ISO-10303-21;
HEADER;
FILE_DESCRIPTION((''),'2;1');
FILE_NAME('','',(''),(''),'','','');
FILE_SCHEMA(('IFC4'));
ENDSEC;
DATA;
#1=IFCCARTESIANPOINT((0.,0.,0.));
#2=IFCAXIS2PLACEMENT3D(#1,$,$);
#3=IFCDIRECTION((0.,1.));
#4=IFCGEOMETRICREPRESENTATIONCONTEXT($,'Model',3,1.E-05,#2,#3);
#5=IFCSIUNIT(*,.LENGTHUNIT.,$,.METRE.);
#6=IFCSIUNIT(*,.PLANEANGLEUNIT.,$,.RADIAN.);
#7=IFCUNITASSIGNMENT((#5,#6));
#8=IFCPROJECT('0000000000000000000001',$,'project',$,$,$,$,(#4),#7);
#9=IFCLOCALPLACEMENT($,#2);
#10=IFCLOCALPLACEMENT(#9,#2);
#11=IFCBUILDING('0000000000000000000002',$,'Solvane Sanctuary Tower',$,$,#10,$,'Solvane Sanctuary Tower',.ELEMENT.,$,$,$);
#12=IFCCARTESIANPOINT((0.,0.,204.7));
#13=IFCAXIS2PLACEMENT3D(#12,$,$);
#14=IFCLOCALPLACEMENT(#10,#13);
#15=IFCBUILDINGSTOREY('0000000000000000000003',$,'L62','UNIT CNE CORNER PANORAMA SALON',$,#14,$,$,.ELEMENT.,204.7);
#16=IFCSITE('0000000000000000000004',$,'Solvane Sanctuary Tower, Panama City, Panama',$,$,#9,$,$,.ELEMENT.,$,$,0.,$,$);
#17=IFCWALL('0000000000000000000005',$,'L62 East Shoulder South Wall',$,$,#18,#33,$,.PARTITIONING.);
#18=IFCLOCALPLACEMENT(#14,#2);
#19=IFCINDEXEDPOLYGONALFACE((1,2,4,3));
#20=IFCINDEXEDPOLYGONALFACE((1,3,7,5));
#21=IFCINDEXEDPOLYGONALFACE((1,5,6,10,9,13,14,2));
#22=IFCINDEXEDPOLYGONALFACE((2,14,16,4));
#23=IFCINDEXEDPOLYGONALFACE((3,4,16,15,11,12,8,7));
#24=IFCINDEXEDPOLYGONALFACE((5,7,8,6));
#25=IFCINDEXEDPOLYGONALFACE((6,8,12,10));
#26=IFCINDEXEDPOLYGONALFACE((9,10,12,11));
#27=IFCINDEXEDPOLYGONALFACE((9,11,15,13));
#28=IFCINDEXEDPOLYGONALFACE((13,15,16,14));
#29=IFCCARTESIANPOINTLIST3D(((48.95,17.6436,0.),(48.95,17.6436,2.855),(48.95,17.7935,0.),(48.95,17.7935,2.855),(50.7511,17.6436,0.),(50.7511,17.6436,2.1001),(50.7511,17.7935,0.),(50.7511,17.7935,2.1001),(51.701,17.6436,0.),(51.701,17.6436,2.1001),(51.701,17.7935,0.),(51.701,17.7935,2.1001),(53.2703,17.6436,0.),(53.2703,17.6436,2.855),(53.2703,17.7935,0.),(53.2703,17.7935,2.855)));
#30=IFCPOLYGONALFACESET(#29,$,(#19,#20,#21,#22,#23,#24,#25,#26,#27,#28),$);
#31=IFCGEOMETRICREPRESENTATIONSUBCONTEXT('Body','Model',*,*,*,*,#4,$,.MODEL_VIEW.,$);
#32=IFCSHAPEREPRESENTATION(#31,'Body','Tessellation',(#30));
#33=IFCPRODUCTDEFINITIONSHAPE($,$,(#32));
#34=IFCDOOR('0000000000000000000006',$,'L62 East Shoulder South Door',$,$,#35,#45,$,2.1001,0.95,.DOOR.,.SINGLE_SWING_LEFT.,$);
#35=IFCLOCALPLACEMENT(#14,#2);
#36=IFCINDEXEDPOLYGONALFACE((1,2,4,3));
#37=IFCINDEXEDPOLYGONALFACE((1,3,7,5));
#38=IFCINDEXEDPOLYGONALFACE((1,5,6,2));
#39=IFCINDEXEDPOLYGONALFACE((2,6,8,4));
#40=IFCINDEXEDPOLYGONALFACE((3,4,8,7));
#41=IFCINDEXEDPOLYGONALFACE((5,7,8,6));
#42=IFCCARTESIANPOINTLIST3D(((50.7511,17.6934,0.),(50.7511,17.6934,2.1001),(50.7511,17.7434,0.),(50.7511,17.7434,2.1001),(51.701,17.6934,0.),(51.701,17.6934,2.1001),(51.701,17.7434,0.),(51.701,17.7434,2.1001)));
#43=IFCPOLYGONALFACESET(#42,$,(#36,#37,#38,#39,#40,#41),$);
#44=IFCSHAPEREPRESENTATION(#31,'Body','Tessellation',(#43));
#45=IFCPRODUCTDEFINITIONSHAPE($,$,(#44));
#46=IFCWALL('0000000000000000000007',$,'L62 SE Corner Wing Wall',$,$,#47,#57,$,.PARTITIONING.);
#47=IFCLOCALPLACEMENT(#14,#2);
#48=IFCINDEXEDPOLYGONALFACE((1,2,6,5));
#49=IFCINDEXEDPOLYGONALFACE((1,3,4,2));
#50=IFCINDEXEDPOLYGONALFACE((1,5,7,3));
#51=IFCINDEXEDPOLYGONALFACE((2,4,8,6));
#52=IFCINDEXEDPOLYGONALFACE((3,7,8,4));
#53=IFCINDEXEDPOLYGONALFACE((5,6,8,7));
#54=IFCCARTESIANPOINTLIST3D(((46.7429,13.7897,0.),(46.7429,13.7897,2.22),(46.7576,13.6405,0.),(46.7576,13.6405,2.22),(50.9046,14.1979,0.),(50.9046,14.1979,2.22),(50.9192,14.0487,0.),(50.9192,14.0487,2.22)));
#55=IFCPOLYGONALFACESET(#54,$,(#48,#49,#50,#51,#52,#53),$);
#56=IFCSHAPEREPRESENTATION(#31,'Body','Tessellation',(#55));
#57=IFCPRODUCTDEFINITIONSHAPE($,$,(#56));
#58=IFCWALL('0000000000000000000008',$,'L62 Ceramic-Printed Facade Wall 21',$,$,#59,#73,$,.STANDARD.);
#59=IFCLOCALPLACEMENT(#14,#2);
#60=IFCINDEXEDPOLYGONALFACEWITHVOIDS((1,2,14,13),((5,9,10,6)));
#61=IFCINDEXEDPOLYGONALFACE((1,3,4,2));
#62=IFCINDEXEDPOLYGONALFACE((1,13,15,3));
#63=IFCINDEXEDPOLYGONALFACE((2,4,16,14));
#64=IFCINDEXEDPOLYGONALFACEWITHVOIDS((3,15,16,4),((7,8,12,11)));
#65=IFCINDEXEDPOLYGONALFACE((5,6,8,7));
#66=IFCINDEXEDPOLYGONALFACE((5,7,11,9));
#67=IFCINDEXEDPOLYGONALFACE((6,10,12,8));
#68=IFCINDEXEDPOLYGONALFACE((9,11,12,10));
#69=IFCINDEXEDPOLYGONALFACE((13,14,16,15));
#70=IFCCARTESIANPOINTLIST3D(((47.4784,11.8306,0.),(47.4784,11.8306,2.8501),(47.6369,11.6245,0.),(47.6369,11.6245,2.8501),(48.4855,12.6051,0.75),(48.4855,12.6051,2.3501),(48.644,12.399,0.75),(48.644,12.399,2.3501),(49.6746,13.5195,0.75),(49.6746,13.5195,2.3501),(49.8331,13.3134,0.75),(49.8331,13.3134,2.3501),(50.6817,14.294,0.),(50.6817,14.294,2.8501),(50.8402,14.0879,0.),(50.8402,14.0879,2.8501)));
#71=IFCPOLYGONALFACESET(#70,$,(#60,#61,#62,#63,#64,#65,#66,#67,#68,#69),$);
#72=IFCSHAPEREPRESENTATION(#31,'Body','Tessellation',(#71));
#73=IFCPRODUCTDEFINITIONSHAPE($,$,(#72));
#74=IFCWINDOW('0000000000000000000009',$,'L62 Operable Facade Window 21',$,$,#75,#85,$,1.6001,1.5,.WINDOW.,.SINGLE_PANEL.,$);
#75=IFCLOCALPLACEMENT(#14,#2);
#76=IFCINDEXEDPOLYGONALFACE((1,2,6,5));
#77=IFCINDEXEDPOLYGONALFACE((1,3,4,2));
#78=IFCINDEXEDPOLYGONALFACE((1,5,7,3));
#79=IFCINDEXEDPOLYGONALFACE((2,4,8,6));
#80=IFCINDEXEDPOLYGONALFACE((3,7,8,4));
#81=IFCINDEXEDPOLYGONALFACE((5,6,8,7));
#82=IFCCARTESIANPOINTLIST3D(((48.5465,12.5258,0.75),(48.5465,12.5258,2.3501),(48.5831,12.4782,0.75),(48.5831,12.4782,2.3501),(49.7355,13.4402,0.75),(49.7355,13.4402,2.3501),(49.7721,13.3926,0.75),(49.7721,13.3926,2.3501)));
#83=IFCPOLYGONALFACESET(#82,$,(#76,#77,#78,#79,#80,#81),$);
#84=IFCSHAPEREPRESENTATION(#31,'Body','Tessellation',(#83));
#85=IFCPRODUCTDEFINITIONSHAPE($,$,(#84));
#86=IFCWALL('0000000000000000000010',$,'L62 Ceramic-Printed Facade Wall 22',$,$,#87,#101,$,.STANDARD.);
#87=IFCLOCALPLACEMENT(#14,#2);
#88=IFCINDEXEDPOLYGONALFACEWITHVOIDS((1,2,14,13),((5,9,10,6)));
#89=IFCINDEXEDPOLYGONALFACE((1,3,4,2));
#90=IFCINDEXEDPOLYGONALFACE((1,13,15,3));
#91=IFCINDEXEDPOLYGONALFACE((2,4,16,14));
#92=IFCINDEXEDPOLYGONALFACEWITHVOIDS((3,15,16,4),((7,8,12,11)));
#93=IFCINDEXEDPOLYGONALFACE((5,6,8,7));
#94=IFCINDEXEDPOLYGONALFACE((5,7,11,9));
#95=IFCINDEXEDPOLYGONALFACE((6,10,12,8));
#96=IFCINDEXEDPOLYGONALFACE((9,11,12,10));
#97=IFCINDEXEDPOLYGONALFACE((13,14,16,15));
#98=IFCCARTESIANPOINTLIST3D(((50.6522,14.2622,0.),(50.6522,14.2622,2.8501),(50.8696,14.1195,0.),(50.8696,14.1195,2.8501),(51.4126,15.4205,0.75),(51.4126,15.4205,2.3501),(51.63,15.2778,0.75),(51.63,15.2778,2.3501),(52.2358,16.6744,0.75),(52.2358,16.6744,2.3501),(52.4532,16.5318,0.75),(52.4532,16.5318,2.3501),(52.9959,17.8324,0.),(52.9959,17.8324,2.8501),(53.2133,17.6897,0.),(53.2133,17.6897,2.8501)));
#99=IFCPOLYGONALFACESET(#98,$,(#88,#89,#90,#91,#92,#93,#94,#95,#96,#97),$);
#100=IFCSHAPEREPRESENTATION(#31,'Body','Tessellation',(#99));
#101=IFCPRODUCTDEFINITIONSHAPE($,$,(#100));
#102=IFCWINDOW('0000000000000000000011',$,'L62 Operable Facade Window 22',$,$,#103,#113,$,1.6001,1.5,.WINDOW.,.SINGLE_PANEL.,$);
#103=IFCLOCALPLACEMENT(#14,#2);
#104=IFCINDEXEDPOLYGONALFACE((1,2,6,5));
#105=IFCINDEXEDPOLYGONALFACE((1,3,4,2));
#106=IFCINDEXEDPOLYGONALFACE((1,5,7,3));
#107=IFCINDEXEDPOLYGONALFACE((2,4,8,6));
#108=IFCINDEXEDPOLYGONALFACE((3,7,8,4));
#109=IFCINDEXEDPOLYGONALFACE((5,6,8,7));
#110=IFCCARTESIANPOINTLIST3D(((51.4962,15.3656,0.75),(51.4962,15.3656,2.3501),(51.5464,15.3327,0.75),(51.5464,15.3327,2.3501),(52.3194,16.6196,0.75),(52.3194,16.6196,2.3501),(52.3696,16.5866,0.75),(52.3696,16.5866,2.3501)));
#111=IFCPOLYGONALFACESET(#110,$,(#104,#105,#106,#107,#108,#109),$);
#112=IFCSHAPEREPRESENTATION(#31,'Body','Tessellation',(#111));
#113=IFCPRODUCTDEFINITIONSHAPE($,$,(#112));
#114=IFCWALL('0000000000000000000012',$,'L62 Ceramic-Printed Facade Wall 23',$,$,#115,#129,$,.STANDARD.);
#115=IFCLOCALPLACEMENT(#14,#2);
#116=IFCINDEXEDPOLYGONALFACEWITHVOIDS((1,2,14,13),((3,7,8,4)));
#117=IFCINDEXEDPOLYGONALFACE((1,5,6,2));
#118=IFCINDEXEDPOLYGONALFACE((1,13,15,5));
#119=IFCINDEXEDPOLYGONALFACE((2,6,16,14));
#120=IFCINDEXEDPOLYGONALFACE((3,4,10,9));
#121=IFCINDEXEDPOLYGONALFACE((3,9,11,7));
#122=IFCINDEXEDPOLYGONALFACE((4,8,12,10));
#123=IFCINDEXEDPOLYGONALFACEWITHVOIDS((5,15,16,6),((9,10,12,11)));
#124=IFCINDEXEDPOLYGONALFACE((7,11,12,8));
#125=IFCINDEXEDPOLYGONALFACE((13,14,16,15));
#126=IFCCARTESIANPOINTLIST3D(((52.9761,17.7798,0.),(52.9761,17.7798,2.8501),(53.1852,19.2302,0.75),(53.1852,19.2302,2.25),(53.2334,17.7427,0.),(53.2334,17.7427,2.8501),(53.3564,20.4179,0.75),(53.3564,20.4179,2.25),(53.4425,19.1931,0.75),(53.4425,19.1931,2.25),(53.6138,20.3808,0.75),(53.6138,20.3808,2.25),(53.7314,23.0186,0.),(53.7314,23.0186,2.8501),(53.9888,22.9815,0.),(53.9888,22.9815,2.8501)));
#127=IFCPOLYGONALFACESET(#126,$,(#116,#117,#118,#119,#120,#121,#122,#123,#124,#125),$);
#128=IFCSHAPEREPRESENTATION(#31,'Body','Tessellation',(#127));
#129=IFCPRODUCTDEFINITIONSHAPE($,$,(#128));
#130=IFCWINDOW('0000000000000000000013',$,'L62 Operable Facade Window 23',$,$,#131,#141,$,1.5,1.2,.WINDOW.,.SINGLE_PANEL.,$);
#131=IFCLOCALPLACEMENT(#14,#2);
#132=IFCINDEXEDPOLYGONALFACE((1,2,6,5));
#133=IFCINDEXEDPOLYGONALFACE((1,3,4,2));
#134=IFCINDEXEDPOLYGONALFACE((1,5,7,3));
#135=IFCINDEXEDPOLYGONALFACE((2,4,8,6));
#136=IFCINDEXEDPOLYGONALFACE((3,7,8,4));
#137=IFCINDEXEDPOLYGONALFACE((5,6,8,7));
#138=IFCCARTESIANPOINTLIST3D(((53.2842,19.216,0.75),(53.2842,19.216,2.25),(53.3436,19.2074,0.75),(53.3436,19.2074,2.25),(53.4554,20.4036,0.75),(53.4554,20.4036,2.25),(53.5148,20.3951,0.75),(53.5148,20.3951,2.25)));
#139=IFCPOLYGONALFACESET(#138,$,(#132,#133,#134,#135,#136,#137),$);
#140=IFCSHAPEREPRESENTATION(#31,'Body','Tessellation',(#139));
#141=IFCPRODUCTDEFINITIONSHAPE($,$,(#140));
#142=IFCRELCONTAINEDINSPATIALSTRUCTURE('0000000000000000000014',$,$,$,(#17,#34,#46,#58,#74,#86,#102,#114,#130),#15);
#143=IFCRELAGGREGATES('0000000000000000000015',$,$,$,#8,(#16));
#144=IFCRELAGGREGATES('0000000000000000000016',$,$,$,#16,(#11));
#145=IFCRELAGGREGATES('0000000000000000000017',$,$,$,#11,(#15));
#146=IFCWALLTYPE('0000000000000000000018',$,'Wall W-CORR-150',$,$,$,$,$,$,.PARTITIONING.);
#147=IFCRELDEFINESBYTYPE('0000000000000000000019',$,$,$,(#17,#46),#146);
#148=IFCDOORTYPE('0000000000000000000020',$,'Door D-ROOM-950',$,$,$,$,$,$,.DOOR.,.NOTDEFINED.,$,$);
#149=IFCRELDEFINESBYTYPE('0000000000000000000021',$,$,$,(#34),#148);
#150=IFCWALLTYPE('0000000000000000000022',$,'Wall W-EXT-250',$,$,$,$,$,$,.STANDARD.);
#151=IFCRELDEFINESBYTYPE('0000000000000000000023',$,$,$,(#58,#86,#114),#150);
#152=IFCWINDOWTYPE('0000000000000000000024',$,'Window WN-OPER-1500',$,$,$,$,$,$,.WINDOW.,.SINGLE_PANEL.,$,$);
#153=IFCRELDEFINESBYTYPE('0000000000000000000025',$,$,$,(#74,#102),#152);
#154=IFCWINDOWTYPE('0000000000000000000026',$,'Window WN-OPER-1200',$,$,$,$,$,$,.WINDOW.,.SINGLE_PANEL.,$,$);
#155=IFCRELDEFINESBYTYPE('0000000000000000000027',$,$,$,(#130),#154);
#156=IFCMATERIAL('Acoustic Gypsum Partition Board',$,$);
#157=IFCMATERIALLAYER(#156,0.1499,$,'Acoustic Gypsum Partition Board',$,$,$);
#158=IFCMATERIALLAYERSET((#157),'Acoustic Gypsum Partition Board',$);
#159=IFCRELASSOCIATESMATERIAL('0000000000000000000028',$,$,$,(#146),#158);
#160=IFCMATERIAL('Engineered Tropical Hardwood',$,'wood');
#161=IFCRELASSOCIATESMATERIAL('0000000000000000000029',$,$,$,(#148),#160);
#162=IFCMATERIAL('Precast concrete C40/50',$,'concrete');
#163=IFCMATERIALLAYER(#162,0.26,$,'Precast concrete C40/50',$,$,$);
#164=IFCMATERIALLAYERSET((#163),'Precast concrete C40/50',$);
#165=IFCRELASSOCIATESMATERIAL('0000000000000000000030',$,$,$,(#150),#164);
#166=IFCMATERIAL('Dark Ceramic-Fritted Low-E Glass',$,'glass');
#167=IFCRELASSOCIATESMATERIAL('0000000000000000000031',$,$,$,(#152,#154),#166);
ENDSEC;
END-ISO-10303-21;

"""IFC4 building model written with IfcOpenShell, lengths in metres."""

from ifc_helpers import new_model, si_unit, direction, frame, frame_2d, origin, place, context, subcontext, project, spatial, rectangle, extrude, material, layer, layer_set, type_object, element, fill, save


model = new_model("IFC4")

# Units and contexts
model_context = context("Model", 3, precision=1e-05, world=origin(), true_north=direction((0.0, 1.0)))
body_context = subcontext(model_context, "Body", "Model", "MODEL_VIEW")
ifc_project = project(units=[si_unit("LENGTHUNIT", "METRE"), si_unit("PLANEANGLEUNIT", "RADIAN")], contexts=[model_context])

# Site, building, storey
site_placement = place(None, origin())
site = spatial("IfcSite", under=ifc_project, at=site_placement, Name="Solvane Sanctuary Tower, Panama City, Panama", CompositionType="ELEMENT", RefElevation=0.0)
building_placement = place(site_placement, origin())
building = spatial("IfcBuilding", under=site, at=building_placement, Name="Solvane Sanctuary Tower", LongName="Solvane Sanctuary Tower", CompositionType="ELEMENT")
storey_placement = place(building_placement, frame((0.0, 0.0, 204.7)))
storey = spatial("IfcBuildingStorey", under=building, at=storey_placement, Name="L62", Description="UNIT CNE CORNER PANORAMA SALON", CompositionType="ELEMENT", Elevation=204.7)

# Wall, opening, door
ifc_material_1 = material(Name="Acoustic Gypsum Partition Board")
ifc_layer_1 = layer(ifc_material_1, 0.1499, Name="Acoustic Gypsum Partition Board")
ifc_layer_set_1 = layer_set([ifc_layer_1], Name="Acoustic Gypsum Partition Board")
wall_type_1 = type_object("IfcWallType", Name="Wall W-CORR-150", PredefinedType="PARTITIONING", material=ifc_layer_set_1)
wall_1_placement = place(storey_placement, frame((48.95, 17.7185, 0.0), z_axis=(0.0, 0.0, 1.0), x_axis=(1.0, 0.0, 0.0)))
wall_1 = element("IfcWall", 1, at=wall_1_placement, inside=storey, type_object=wall_type_1, Name="L62 East Shoulder South Wall", PredefinedType="PARTITIONING", context=body_context, shape_type="SweptSolid", body=[
    extrude(rectangle(XDim=4.3203, YDim=0.1499, at=frame_2d((2.1602, 0.0))), origin(), (0.0, 0.0, 1.0), 2.855),
])
opening_1_placement = place(wall_1_placement, frame((1.801, 0.0, 0.0)))
opening_1 = element("IfcOpeningElement", 2, at=opening_1_placement, cuts=wall_1, PredefinedType="OPENING", context=body_context, shape_type="SweptSolid", body=[
    extrude(rectangle(XDim=0.95, YDim=2.1001, at=frame_2d((0.4751, 1.05))), frame((0.0, 0.085, 0.0), z_axis=(0.0, -1.0, 0.0), x_axis=(1.0, 0.0, 0.0)), (0.0, 0.0, 1.0), 0.1699),
])
ifc_material_2 = material(Name="Engineered Tropical Hardwood", Category="wood")
door_type_1 = type_object("IfcDoorType", Name="Door D-ROOM-950", OperationType="NOTDEFINED", PredefinedType="DOOR", material=ifc_material_2)
door_1_placement = place(opening_1_placement, origin())
door_1 = element("IfcDoor", 3, at=door_1_placement, inside=storey, type_object=door_type_1, Name="L62 East Shoulder South Door", OperationType="SINGLE_SWING_LEFT", OverallHeight=2.1001, OverallWidth=0.95, PredefinedType="DOOR", context=body_context, shape_type="SweptSolid", body=[
    extrude(rectangle(XDim=0.95, YDim=2.1001, at=frame_2d((0.4751, 1.05))), frame((0.0, 0.0249, 0.0), z_axis=(0.0, -1.0, 0.0), x_axis=(1.0, 0.0, 0.0)), (0.0, 0.0, 1.0), 0.05),
])
fill(opening_1, door_1)

# Wall
wall_2_placement = place(storey_placement, frame((46.7502, 13.7151, 0.0), z_axis=(0.0, 0.0, 1.0), x_axis=(0.995224, 0.097619, 0.0)))
element("IfcWall", 4, at=wall_2_placement, inside=storey, type_object=wall_type_1, Name="L62 SE Corner Wing Wall", PredefinedType="PARTITIONING", context=body_context, shape_type="SweptSolid", body=[
    extrude(rectangle(XDim=4.1816, YDim=0.1499, at=frame_2d((2.0908, 0.0))), origin(), (0.0, 0.0, 1.0), 2.22),
])

# Walls, openings, windows
ifc_material_3 = material(Name="Precast concrete C40/50", Category="concrete")
ifc_layer_2 = layer(ifc_material_3, 0.26, Name="Precast concrete C40/50")
ifc_layer_set_2 = layer_set([ifc_layer_2], Name="Precast concrete C40/50")
wall_type_2 = type_object("IfcWallType", Name="Wall W-EXT-250", PredefinedType="STANDARD", material=ifc_layer_set_2)
wall_3_placement = place(storey_placement, frame((47.5576, 11.7275, 0.0), z_axis=(0.0, 0.0, 1.0), x_axis=(0.792714, 0.609594, 0.0)))
wall_3 = element("IfcWall", 5, at=wall_3_placement, inside=storey, type_object=wall_type_2, Name="L62 Ceramic-Printed Facade Wall 21", PredefinedType="STANDARD", context=body_context, shape_type="SweptSolid", body=[
    extrude(rectangle(XDim=4.041, YDim=0.26, at=frame_2d((2.0205, 0.0))), origin(), (0.0, 0.0, 1.0), 2.8501),
])
opening_2_placement = place(wall_3_placement, frame((1.2705, 0.0, 0.75)))
opening_2 = element("IfcOpeningElement", 6, at=opening_2_placement, cuts=wall_3, PredefinedType="OPENING", context=body_context, shape_type="SweptSolid", body=[
    extrude(rectangle(XDim=1.5, YDim=1.6001, at=frame_2d((0.75, 0.8))), frame((0.0, 0.1399, 0.0), z_axis=(0.0, -1.0, 0.0), x_axis=(1.0, 0.0, 0.0)), (0.0, 0.0, 1.0), 0.28),
])
ifc_material_4 = material(Name="Dark Ceramic-Fritted Low-E Glass", Category="glass")
window_type_1 = type_object("IfcWindowType", Name="Window WN-OPER-1500", PartitioningType="SINGLE_PANEL", PredefinedType="WINDOW", material=ifc_material_4)
window_1_placement = place(opening_2_placement, origin())
window_1 = element("IfcWindow", 7, at=window_1_placement, inside=storey, type_object=window_type_1, Name="L62 Operable Facade Window 21", OverallHeight=1.6001, OverallWidth=1.5, PartitioningType="SINGLE_PANEL", PredefinedType="WINDOW", context=body_context, shape_type="SweptSolid", body=[
    extrude(rectangle(XDim=1.5, YDim=1.6001, at=frame_2d((0.75, 0.8))), frame((0.0, 0.03, 0.0), z_axis=(0.0, -1.0, 0.0), x_axis=(1.0, 0.0, 0.0)), (0.0, 0.0, 1.0), 0.0601),
])
fill(opening_2, window_1)
wall_4_placement = place(storey_placement, frame((50.761, 14.1909, 0.0), z_axis=(0.0, 0.0, 1.0), x_axis=(0.548776, 0.835969, 0.0)))
wall_4 = element("IfcWall", 8, at=wall_4_placement, inside=storey, type_object=wall_type_2, Name="L62 Ceramic-Printed Facade Wall 22", PredefinedType="STANDARD", context=body_context, shape_type="SweptSolid", body=[
    extrude(rectangle(XDim=4.2708, YDim=0.26, at=frame_2d((2.1353, 0.0))), origin(), (0.0, 0.0, 1.0), 2.8501),
])
opening_3_placement = place(wall_4_placement, frame((1.3855, 0.0, 0.75)))
opening_3 = element("IfcOpeningElement", 9, at=opening_3_placement, cuts=wall_4, PredefinedType="OPENING", context=body_context, shape_type="SweptSolid", body=[
    extrude(rectangle(XDim=1.5, YDim=1.6001, at=frame_2d((0.75, 0.8))), frame((0.0, 0.1399, 0.0), z_axis=(0.0, -1.0, 0.0), x_axis=(1.0, 0.0, 0.0)), (0.0, 0.0, 1.0), 0.28),
])
window_2_placement = place(opening_3_placement, origin())
window_2 = element("IfcWindow", 10, at=window_2_placement, inside=storey, type_object=window_type_1, Name="L62 Operable Facade Window 22", OverallHeight=1.6001, OverallWidth=1.5, PartitioningType="SINGLE_PANEL", PredefinedType="WINDOW", context=body_context, shape_type="SweptSolid", body=[
    extrude(rectangle(XDim=1.5, YDim=1.6001, at=frame_2d((0.75, 0.8))), frame((0.0, 0.03, 0.0), z_axis=(0.0, -1.0, 0.0), x_axis=(1.0, 0.0, 0.0)), (0.0, 0.0, 1.0), 0.0601),
])
fill(opening_3, window_2)
wall_5_placement = place(storey_placement, frame((53.1047, 17.7612, 0.0), z_axis=(0.0, 0.0, 1.0), x_axis=(0.142713, 0.989764, 0.0)))
wall_5 = element("IfcWall", 11, at=wall_5_placement, inside=storey, type_object=wall_type_2, Name="L62 Ceramic-Printed Facade Wall 23", PredefinedType="STANDARD", context=body_context, shape_type="SweptSolid", body=[
    extrude(rectangle(XDim=5.293, YDim=0.26, at=frame_2d((2.6465, 0.0))), origin(), (0.0, 0.0, 1.0), 2.8501),
])
opening_4_placement = place(wall_5_placement, frame((1.4653, 0.0, 0.75)))
opening_4 = element("IfcOpeningElement", 12, at=opening_4_placement, cuts=wall_5, PredefinedType="OPENING", context=body_context, shape_type="SweptSolid", body=[
    extrude(rectangle(XDim=1.2, YDim=1.5, at=frame_2d((0.6001, 0.75))), frame((0.0, 0.1399, 0.0), z_axis=(0.0, -1.0, 0.0), x_axis=(1.0, 0.0, 0.0)), (0.0, 0.0, 1.0), 0.28),
])
window_type_2 = type_object("IfcWindowType", Name="Window WN-OPER-1200", PartitioningType="SINGLE_PANEL", PredefinedType="WINDOW", material=ifc_material_4)
window_3_placement = place(opening_4_placement, origin())
window_3 = element("IfcWindow", 13, at=window_3_placement, inside=storey, type_object=window_type_2, Name="L62 Operable Facade Window 23", OverallHeight=1.5, OverallWidth=1.2, PartitioningType="SINGLE_PANEL", PredefinedType="WINDOW", context=body_context, shape_type="SweptSolid", body=[
    extrude(rectangle(XDim=1.2, YDim=1.5, at=frame_2d((0.6001, 0.75))), frame((0.0, 0.03, 0.0), z_axis=(0.0, -1.0, 0.0), x_axis=(1.0, 0.0, 0.0)), (0.0, 0.0, 1.0), 0.0601),
])
fill(opening_4, window_3)

save(model, "model.ifc")
